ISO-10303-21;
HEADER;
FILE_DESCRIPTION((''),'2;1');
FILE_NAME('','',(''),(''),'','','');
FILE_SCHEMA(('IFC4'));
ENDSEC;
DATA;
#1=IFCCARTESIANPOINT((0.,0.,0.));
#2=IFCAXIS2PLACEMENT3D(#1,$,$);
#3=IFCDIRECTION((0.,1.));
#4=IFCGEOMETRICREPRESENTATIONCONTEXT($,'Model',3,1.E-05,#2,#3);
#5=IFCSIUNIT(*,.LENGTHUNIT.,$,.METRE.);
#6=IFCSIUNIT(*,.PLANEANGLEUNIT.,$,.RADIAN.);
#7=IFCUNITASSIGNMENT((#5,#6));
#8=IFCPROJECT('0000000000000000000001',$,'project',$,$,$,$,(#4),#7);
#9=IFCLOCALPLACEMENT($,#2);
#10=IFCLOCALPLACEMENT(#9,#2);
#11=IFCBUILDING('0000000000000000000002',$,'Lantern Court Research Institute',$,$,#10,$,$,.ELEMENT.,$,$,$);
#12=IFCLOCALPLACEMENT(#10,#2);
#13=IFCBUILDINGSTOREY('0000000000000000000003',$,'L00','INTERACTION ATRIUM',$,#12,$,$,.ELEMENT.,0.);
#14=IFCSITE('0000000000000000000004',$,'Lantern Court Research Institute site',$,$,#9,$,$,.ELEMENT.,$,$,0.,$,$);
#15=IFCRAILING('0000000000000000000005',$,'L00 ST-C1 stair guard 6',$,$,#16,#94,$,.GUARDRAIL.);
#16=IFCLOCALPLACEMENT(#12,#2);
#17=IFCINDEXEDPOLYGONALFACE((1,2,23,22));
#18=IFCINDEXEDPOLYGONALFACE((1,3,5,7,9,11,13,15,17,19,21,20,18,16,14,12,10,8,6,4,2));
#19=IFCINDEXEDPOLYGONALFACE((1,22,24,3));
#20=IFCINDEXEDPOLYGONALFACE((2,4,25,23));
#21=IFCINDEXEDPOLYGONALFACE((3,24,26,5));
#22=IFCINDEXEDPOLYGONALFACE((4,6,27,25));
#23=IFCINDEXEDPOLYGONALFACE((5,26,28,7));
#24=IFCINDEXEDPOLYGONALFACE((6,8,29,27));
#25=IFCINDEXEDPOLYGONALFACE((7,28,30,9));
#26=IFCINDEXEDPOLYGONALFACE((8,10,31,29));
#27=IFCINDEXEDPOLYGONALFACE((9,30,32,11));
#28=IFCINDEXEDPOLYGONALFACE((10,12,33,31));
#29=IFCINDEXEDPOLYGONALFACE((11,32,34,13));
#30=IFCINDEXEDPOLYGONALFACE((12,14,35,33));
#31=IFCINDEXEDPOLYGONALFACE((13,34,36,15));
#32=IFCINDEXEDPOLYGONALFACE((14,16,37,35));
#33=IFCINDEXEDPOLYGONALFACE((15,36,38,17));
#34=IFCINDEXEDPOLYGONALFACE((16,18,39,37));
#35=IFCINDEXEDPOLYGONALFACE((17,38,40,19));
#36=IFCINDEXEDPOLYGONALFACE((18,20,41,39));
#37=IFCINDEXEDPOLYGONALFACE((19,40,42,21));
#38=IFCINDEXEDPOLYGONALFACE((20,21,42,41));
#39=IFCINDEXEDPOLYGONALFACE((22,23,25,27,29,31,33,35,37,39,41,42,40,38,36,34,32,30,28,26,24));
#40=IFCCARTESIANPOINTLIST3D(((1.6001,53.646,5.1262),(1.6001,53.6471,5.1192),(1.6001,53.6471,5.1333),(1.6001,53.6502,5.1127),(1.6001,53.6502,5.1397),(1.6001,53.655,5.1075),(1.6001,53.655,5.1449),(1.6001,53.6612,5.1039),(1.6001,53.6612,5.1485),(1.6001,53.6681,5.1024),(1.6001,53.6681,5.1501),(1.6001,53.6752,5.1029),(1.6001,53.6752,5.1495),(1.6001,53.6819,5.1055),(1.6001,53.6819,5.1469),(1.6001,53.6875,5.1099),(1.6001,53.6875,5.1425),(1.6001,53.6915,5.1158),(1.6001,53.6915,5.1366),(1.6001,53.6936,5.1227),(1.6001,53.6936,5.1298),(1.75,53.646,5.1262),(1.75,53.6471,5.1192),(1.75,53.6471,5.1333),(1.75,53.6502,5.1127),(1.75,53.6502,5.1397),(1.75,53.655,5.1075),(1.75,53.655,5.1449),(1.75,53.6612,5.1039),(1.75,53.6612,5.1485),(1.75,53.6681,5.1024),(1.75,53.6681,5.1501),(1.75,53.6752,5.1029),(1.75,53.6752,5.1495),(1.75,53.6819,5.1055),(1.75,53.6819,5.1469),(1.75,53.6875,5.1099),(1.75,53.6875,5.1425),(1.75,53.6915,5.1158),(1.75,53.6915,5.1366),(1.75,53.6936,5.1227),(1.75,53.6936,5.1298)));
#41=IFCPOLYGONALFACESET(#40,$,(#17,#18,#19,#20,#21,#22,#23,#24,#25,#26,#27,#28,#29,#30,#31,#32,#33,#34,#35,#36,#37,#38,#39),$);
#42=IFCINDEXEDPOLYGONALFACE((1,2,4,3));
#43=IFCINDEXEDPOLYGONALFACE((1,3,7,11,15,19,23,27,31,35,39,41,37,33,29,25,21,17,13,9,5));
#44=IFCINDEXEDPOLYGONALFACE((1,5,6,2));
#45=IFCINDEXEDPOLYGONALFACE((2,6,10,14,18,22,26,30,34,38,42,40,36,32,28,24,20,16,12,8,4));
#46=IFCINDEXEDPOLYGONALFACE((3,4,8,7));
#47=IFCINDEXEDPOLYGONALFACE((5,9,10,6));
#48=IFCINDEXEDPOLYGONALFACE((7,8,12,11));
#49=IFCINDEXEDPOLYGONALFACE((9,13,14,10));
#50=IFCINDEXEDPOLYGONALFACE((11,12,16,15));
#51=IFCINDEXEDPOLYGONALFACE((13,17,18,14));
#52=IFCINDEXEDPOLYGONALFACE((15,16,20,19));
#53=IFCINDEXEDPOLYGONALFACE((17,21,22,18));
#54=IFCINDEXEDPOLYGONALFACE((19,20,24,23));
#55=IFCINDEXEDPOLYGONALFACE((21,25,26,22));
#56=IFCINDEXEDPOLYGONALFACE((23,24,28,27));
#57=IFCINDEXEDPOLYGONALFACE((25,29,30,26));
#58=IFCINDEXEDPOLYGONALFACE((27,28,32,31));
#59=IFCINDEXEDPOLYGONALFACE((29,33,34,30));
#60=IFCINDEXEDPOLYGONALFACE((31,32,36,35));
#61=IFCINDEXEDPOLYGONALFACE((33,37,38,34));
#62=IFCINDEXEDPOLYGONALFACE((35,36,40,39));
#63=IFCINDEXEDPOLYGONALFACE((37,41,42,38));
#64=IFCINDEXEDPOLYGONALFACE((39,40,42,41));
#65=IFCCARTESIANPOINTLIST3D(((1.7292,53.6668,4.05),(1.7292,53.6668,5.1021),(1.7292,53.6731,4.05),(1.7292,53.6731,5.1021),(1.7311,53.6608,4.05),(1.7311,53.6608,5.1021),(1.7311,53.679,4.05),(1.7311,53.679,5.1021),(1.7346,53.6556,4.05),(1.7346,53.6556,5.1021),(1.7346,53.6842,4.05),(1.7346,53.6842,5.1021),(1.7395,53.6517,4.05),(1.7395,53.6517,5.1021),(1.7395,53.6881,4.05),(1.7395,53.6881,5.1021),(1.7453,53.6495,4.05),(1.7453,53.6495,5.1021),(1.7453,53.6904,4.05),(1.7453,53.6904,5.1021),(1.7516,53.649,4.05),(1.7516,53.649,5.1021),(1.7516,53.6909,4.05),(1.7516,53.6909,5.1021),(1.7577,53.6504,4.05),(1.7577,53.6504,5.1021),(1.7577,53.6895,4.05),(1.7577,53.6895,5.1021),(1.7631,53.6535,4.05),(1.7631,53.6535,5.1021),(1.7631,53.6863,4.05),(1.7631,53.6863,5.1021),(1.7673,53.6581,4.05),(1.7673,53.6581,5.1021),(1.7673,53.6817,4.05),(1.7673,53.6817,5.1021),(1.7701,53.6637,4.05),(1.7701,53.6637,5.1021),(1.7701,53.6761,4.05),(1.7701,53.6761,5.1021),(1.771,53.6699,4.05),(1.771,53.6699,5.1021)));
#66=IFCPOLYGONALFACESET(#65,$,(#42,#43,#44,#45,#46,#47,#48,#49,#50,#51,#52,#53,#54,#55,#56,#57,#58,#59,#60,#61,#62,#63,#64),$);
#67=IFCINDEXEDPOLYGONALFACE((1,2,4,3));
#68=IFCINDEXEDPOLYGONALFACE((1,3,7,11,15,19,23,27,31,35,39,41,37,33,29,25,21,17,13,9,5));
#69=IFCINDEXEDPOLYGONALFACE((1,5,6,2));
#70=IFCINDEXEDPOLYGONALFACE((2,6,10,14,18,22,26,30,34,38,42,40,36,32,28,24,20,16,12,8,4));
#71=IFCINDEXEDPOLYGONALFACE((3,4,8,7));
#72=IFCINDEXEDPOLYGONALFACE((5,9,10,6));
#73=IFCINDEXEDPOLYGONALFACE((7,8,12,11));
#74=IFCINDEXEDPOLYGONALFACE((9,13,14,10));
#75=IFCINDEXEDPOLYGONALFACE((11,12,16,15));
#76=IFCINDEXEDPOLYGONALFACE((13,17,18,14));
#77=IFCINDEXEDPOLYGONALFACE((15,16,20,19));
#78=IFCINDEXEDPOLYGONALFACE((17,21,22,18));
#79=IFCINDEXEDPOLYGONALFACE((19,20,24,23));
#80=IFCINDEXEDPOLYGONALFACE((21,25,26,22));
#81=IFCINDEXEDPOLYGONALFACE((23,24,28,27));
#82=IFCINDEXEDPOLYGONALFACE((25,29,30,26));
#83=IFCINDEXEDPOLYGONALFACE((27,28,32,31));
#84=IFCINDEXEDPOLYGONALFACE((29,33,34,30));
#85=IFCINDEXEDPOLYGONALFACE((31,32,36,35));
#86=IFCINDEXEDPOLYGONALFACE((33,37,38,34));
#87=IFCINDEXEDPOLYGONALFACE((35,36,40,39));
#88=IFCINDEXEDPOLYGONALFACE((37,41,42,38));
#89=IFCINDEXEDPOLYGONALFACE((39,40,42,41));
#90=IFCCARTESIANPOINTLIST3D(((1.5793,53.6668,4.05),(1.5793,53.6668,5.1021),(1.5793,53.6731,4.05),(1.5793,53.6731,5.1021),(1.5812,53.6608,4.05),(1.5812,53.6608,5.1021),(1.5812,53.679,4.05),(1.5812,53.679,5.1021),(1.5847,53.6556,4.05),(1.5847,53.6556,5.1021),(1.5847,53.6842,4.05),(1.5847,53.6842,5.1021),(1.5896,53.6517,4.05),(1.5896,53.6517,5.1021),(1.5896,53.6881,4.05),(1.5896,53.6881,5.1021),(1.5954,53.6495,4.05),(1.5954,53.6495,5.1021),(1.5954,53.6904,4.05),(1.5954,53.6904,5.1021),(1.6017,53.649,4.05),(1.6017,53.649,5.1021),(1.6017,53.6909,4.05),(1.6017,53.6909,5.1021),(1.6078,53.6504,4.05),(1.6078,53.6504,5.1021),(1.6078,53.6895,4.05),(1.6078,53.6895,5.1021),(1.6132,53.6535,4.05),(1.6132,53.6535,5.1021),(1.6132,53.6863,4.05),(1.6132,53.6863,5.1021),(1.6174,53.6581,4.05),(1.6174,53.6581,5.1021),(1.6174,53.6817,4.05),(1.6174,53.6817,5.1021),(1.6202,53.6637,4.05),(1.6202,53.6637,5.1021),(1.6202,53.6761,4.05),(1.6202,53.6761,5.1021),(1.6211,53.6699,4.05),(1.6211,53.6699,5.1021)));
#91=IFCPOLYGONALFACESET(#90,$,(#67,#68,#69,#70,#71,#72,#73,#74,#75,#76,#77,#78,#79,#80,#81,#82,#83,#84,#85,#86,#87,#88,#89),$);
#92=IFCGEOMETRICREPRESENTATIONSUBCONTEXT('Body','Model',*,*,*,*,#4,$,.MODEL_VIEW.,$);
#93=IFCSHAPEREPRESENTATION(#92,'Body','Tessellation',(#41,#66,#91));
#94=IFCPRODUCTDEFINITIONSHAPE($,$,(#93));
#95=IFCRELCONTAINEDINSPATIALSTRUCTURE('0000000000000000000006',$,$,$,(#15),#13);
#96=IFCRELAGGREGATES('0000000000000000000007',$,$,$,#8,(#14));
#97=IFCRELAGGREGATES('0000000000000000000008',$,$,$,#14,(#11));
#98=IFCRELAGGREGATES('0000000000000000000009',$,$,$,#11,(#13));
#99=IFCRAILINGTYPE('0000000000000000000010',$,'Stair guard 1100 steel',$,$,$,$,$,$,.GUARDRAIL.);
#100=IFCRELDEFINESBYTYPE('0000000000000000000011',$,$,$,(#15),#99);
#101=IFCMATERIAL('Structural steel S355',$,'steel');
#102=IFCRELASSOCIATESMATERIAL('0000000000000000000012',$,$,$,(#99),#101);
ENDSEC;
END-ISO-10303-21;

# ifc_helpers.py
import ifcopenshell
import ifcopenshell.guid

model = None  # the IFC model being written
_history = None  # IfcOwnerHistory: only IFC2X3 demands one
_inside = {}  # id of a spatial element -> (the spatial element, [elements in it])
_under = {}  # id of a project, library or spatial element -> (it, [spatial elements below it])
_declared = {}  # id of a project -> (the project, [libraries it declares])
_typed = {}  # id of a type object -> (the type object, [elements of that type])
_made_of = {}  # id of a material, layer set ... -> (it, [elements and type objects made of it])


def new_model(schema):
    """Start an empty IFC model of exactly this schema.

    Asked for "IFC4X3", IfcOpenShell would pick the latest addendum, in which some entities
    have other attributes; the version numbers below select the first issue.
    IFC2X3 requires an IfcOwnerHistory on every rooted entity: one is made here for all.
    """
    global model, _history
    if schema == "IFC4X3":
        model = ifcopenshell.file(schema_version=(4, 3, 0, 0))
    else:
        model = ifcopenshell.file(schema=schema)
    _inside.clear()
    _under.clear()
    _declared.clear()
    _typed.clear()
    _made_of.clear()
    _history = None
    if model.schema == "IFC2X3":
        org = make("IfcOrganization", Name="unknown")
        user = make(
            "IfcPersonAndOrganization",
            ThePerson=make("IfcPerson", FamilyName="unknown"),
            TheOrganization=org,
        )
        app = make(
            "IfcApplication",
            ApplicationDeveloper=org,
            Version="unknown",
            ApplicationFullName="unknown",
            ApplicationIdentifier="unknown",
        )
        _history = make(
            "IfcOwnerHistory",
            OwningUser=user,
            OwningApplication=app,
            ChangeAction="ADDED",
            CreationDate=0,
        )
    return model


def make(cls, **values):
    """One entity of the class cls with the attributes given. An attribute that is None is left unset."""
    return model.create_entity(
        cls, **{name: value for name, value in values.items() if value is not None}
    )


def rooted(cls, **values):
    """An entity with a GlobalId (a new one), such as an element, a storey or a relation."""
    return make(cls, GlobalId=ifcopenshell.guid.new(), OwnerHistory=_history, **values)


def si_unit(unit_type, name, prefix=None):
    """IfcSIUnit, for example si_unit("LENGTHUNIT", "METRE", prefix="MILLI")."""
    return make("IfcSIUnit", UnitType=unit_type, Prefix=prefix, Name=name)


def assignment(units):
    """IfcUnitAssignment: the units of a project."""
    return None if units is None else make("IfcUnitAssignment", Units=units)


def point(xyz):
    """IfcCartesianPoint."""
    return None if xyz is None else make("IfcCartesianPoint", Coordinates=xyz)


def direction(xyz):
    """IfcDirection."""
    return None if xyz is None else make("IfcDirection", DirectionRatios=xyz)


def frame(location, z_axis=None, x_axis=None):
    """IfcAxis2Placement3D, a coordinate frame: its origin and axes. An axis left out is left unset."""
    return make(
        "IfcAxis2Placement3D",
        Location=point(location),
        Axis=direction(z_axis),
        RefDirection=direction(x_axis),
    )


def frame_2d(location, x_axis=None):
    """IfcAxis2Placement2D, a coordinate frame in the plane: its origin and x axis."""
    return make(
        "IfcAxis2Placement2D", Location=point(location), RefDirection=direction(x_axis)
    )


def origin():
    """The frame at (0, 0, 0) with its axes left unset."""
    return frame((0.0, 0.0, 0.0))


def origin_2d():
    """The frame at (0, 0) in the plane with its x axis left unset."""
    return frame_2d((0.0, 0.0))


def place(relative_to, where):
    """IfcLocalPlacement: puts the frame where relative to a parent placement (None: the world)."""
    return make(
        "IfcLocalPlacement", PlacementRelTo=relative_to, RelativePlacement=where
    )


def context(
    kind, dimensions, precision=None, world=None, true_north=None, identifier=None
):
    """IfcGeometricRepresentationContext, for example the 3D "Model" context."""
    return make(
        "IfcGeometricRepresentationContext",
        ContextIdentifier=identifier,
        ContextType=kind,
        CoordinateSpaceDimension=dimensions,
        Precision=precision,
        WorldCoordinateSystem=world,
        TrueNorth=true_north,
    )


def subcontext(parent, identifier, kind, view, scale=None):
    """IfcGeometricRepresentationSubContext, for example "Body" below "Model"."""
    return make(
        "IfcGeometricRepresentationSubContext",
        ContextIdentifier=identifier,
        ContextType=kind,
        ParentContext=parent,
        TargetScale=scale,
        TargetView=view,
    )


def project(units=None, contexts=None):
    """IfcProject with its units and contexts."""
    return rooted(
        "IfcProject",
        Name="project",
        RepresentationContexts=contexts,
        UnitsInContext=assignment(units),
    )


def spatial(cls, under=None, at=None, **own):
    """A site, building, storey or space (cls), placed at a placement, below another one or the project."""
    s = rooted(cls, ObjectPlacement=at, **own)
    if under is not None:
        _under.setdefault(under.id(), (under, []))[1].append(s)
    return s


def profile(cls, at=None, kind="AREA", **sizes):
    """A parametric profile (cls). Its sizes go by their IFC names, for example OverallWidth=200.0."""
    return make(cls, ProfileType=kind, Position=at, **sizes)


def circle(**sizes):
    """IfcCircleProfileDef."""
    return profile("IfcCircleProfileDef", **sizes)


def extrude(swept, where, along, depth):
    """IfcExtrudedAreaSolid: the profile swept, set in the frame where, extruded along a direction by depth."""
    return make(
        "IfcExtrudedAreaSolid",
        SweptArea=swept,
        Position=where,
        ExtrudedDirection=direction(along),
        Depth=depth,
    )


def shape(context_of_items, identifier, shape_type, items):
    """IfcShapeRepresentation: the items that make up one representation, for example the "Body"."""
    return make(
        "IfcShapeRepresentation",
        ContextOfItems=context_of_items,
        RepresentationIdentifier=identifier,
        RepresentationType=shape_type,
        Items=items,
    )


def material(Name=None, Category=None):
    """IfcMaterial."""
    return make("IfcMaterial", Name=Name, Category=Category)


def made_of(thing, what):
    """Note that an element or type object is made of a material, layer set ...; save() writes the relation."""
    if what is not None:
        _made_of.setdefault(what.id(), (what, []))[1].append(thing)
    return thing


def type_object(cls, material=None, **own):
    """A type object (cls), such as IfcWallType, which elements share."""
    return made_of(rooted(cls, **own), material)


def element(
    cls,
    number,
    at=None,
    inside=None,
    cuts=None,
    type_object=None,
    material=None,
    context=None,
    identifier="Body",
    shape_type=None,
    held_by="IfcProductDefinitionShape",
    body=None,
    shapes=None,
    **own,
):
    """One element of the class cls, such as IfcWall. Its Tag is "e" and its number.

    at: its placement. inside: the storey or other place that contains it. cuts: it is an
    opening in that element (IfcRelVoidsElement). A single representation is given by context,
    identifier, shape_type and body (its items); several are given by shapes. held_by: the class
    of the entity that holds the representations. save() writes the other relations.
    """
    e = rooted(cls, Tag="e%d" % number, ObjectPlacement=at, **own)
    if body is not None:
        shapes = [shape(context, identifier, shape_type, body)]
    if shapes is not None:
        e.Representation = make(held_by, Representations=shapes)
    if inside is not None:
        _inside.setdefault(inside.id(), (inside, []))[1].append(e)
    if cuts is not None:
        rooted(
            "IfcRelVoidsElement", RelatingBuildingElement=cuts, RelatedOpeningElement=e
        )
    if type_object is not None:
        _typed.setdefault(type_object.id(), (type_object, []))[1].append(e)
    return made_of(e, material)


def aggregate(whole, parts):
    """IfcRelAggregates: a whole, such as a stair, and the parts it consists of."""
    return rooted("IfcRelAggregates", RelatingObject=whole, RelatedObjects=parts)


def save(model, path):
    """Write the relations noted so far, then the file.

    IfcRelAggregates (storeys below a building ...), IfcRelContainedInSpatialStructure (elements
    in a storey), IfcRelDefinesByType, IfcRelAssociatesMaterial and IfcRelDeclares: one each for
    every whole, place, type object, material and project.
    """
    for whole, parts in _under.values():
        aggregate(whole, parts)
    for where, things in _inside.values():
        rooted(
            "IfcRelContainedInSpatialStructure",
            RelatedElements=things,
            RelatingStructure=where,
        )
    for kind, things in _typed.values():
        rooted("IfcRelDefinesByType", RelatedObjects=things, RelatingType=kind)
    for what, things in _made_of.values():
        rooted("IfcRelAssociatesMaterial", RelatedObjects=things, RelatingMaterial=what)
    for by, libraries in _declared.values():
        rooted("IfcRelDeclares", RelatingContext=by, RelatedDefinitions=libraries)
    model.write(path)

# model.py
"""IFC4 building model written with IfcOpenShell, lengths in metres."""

from ifc_helpers import new_model, si_unit, direction, frame, origin, origin_2d, place, context, subcontext, project, spatial, circle, extrude, material, type_object, element, save


model = new_model("IFC4")

# Units and contexts
model_context = context("Model", 3, precision=1e-05, world=origin(), true_north=direction((0.0, 1.0)))
body_context = subcontext(model_context, "Body", "Model", "MODEL_VIEW")
ifc_project = project(units=[si_unit("LENGTHUNIT", "METRE"), si_unit("PLANEANGLEUNIT", "RADIAN")], contexts=[model_context])

# Site, building, storey
site_placement = place(None, origin())
site = spatial("IfcSite", under=ifc_project, at=site_placement, Name="Lantern Court Research Institute site", CompositionType="ELEMENT", RefElevation=0.0)
building_placement = place(site_placement, origin())
building = spatial("IfcBuilding", under=site, at=building_placement, Name="Lantern Court Research Institute", CompositionType="ELEMENT")
storey_placement = place(building_placement, origin())
storey = spatial("IfcBuildingStorey", under=building, at=storey_placement, Name="L00", Description="INTERACTION ATRIUM", CompositionType="ELEMENT", Elevation=0.0)

# Railing
ifc_material_1 = material(Name="Structural steel S355", Category="steel")
railing_type_1 = type_object("IfcRailingType", Name="Stair guard 1100 steel", PredefinedType="GUARDRAIL", material=ifc_material_1)
railing_1_placement = place(storey_placement, frame((1.75, 53.6699, 4.05)))
element("IfcRailing", 1, at=railing_1_placement, inside=storey, type_object=railing_type_1, Name="L00 ST-C1 stair guard 6", PredefinedType="GUARDRAIL", context=body_context, shape_type="SweptSolid", body=[
    extrude(circle(Radius=0.0239, at=origin_2d()), frame((0.0, 0.0, 1.0762), z_axis=(-1.0, 0.0, 0.0), x_axis=(0.0, -1.0, 0.0)), (0.0, 0.0, 1.0), 0.1499),
    extrude(circle(Radius=0.021, at=origin_2d()), origin(), (0.0, 0.0, 1.0), 1.052),
    extrude(circle(Radius=0.021, at=origin_2d()), frame((-0.1499, 0.0, 0.0)), (0.0, 0.0, 1.0), 1.052),
])

save(model, "model.ifc")
